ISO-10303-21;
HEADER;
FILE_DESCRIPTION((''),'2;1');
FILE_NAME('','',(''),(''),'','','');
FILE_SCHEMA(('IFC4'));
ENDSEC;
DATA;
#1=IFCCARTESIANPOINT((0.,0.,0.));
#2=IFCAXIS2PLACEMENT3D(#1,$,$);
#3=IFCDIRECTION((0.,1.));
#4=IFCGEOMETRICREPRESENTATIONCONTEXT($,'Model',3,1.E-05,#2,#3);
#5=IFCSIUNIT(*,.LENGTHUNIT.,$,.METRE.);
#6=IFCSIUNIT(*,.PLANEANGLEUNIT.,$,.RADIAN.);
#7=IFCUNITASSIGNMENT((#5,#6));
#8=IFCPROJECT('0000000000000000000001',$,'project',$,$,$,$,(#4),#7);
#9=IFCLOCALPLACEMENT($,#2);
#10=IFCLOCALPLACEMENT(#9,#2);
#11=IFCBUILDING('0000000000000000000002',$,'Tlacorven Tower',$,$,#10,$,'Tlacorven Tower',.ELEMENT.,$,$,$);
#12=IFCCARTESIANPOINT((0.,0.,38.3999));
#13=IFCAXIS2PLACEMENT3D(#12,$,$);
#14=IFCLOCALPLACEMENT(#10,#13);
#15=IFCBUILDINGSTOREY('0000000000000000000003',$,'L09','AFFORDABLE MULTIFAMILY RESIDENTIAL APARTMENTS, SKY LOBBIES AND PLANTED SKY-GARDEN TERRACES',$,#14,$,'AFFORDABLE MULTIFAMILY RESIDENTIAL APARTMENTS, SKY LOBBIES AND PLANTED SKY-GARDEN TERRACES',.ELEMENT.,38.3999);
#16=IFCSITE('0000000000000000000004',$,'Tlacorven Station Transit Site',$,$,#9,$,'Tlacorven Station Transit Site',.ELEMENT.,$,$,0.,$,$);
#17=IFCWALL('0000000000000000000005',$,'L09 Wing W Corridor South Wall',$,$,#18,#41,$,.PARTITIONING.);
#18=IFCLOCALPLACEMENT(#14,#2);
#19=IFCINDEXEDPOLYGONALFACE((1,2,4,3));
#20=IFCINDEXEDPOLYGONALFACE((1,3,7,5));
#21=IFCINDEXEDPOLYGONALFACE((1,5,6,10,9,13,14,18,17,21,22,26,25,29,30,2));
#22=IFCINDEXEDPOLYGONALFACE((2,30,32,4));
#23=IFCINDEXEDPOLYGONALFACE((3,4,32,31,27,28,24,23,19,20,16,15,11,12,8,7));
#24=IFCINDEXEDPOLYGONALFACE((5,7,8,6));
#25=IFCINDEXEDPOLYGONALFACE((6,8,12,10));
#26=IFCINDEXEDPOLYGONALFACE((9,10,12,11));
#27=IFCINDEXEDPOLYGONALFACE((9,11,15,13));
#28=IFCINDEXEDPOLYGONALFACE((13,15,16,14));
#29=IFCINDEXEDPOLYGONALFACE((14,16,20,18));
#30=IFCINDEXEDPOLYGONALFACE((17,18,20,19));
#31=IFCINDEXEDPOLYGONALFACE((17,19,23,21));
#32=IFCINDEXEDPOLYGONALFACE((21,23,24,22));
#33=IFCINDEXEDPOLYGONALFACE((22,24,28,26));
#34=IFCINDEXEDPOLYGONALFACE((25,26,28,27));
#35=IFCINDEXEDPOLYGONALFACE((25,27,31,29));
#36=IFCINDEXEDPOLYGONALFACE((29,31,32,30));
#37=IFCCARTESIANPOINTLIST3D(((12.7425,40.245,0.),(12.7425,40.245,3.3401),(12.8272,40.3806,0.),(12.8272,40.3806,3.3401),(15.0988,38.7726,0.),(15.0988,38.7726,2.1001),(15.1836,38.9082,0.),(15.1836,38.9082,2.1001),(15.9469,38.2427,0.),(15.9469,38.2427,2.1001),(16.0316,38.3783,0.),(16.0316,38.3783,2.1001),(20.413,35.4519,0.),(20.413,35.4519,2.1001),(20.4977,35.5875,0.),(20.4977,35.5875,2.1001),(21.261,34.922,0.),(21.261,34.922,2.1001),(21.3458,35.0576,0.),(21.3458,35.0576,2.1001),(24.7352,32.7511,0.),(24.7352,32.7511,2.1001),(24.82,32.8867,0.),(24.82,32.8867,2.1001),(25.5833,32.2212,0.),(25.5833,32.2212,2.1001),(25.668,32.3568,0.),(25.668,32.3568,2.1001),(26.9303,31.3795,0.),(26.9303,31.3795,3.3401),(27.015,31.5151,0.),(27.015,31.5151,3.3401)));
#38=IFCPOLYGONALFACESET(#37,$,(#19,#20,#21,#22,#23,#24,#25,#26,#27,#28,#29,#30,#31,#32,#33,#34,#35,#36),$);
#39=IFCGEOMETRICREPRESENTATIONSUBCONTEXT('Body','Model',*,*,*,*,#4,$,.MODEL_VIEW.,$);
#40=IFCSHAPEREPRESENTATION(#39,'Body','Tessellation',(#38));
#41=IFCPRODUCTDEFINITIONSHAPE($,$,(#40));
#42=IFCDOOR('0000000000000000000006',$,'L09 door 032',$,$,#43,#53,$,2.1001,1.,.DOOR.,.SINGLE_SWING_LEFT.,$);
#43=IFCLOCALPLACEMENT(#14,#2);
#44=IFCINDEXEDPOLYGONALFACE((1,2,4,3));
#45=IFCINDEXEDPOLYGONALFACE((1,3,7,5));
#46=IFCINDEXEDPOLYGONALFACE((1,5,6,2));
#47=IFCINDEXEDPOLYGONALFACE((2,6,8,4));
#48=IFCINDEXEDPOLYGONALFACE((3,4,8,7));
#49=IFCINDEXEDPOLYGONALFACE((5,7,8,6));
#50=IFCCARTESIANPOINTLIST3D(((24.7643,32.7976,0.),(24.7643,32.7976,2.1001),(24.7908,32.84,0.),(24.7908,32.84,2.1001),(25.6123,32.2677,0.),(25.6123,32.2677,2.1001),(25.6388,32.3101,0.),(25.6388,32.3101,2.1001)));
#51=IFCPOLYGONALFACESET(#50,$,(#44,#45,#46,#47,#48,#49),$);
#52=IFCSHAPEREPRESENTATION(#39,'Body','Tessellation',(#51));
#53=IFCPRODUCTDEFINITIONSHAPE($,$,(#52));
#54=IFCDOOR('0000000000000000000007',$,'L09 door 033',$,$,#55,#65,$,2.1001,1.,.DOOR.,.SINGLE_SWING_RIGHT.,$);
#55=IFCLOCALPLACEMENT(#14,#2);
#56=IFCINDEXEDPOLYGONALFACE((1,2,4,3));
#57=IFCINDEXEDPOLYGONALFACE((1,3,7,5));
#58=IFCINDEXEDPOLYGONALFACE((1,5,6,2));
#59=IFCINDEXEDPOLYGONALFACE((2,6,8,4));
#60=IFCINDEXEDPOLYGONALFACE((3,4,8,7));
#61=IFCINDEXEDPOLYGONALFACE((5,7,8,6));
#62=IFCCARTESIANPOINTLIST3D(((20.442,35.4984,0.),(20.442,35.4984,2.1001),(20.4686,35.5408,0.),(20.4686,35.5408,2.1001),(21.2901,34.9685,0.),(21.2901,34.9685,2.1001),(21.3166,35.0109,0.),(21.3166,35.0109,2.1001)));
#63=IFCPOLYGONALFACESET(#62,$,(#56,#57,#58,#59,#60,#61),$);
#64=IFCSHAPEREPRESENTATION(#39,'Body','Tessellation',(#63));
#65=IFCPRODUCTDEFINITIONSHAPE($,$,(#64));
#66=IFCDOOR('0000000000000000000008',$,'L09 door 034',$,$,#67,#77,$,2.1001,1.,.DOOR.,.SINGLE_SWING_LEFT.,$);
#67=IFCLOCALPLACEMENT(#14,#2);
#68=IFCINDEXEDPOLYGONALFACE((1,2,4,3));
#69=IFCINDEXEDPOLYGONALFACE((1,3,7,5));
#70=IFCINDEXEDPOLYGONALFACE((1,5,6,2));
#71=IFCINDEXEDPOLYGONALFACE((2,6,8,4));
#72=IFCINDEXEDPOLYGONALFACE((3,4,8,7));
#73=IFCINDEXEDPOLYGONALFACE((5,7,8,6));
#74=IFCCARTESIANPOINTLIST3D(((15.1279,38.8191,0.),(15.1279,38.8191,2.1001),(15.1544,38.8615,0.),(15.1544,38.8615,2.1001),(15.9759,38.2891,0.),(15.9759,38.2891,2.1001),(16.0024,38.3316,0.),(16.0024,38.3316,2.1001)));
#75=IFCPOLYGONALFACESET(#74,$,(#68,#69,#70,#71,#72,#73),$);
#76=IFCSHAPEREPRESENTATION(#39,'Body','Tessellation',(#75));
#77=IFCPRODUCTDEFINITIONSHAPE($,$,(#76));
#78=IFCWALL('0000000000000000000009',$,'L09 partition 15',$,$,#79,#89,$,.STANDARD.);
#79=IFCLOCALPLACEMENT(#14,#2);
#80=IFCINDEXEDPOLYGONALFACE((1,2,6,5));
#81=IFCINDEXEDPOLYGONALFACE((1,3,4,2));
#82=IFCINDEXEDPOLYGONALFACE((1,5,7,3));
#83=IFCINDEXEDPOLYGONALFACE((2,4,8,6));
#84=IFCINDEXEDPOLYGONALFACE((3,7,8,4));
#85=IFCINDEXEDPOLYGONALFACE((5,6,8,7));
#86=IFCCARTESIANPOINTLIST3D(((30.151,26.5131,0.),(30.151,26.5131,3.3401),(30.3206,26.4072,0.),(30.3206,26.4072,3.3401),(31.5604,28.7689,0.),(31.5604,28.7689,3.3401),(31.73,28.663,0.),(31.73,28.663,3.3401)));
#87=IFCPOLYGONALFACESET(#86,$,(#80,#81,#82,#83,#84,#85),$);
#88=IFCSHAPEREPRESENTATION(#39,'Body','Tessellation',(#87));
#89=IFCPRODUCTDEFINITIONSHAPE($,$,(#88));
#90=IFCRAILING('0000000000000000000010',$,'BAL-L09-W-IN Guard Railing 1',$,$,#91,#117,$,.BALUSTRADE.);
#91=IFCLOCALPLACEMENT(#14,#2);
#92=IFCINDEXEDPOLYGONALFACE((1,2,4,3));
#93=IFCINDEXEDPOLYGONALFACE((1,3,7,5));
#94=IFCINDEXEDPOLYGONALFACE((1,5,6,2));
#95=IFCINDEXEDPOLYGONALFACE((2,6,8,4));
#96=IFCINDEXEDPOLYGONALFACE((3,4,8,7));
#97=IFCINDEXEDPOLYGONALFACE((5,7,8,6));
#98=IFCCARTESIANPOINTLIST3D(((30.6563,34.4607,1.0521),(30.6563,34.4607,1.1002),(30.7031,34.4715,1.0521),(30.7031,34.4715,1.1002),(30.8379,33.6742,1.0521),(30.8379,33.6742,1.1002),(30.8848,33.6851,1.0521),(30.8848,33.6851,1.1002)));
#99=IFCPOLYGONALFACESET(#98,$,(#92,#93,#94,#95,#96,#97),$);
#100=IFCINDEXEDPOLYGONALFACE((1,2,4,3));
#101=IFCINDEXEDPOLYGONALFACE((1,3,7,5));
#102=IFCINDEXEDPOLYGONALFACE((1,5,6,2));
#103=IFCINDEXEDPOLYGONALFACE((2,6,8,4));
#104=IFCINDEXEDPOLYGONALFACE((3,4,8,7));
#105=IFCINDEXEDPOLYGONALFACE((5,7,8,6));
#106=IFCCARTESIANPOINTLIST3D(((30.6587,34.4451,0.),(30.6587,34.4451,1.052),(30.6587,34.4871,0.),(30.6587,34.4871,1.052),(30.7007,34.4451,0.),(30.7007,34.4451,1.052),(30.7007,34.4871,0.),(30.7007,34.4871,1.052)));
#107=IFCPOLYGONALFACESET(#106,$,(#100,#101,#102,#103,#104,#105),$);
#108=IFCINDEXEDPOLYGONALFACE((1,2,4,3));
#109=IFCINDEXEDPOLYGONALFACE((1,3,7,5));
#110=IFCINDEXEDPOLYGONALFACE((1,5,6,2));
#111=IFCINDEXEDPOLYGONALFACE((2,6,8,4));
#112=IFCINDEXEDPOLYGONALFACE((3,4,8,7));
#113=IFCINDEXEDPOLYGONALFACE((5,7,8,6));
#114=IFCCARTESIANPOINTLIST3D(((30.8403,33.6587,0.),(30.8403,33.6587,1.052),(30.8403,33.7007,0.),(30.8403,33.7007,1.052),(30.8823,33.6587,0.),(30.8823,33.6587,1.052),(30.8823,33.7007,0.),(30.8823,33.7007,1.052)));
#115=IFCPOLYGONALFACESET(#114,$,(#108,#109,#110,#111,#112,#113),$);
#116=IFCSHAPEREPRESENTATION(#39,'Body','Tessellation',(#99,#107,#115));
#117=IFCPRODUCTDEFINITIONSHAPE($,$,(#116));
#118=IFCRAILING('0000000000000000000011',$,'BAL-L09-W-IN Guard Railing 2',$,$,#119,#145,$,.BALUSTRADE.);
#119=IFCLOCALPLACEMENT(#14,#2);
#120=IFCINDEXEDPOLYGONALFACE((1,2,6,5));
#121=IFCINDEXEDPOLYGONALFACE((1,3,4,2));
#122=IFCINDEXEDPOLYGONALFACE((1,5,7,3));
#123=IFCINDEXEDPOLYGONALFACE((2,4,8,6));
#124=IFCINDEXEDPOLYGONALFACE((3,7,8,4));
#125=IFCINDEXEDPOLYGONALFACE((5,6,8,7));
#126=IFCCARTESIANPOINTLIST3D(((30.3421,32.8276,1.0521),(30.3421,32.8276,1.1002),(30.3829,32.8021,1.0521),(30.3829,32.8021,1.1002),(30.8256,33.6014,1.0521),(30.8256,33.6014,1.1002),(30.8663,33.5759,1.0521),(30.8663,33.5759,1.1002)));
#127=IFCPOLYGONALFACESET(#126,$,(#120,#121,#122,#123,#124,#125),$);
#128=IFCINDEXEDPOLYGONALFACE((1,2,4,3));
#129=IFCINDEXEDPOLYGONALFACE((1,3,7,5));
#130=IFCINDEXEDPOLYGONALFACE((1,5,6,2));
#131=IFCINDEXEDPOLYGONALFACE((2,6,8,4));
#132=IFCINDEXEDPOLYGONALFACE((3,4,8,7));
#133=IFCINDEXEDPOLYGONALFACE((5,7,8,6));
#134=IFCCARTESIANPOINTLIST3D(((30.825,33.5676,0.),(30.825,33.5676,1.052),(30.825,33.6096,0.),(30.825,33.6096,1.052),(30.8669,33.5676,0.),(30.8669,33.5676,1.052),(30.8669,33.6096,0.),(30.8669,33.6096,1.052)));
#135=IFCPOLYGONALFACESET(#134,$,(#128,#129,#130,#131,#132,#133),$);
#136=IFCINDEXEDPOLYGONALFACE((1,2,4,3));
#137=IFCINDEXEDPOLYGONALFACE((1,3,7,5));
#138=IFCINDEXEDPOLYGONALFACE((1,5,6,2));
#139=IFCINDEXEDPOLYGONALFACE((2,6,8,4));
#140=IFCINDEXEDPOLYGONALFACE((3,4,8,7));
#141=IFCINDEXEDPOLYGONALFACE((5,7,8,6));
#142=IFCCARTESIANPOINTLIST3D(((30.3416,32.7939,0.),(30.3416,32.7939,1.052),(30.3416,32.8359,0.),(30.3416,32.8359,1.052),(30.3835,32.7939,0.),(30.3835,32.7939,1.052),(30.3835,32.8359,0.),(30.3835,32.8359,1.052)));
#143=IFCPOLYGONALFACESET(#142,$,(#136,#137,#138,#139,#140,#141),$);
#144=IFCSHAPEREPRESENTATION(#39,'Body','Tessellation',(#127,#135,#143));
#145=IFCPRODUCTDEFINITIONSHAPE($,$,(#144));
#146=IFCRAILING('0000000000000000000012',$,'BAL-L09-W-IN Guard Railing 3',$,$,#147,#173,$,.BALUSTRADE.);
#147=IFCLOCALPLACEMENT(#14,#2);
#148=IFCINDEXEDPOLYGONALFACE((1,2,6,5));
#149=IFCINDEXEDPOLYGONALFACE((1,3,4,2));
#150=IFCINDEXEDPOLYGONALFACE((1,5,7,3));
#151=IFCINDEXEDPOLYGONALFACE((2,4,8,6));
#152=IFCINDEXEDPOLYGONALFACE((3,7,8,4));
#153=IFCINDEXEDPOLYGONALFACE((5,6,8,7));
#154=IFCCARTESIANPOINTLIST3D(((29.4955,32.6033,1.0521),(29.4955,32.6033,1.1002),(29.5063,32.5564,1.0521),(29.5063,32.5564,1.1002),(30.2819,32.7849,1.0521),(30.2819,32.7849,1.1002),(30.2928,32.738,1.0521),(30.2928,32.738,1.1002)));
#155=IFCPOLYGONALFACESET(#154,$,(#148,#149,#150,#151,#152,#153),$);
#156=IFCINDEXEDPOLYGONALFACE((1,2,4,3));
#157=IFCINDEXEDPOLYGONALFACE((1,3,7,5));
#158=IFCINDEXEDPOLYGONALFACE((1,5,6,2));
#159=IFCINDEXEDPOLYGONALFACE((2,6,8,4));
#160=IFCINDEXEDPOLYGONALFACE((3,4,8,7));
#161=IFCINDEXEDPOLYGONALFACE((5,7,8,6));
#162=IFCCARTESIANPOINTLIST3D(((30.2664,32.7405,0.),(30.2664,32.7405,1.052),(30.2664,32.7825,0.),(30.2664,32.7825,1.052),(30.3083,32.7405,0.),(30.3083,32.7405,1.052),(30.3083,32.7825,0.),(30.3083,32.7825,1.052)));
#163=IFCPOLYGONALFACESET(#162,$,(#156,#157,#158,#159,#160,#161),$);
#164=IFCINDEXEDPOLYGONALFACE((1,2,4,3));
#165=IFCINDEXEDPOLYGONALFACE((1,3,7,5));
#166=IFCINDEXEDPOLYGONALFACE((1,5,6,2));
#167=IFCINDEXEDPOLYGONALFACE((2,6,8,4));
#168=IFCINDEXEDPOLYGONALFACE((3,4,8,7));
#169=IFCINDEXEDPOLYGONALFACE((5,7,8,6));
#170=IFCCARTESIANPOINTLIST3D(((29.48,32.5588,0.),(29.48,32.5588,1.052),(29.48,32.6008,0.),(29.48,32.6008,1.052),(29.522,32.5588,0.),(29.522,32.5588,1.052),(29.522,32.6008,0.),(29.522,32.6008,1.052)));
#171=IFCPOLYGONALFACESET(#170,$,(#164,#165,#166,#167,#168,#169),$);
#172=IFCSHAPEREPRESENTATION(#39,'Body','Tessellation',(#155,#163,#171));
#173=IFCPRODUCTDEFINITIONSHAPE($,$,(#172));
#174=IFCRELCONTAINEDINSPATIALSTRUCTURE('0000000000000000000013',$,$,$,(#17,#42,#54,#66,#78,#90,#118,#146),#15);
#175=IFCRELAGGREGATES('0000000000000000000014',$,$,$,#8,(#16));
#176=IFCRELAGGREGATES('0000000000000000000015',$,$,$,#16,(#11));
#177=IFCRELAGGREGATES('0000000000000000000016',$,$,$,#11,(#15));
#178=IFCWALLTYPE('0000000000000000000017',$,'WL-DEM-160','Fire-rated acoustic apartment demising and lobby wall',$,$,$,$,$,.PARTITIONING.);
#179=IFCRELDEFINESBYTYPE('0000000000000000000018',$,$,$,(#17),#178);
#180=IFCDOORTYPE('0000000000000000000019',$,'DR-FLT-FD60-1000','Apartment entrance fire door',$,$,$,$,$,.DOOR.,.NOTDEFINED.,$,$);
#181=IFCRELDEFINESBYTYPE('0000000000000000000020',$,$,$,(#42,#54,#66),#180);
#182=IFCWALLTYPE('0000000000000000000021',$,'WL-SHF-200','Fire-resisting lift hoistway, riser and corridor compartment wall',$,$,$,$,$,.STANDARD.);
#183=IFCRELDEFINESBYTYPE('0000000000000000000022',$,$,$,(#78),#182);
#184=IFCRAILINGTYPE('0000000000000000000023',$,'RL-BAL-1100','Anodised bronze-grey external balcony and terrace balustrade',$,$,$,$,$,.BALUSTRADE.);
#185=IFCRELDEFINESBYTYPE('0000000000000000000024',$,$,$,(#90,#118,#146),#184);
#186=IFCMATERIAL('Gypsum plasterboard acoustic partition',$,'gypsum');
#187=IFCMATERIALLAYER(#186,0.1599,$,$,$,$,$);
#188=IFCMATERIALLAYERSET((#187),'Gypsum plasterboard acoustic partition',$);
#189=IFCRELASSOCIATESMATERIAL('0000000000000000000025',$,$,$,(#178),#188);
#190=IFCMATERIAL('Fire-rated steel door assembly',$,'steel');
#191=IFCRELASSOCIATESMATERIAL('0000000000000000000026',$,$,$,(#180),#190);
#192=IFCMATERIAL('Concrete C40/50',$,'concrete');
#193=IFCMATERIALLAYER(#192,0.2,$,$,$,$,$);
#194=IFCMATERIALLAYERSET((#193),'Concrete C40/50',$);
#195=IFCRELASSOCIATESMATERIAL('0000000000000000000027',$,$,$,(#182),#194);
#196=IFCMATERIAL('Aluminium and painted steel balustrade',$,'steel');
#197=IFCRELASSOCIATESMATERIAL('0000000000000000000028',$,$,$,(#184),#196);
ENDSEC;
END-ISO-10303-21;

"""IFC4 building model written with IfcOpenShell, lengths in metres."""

from ifc_helpers import new_model, si_unit, direction, frame, frame_2d, origin, origin_2d, place, context, subcontext, project, spatial, rectangle, extrude, source, transform, mapped, material, layer, layer_set, type_object, element, fill, save


model = new_model("IFC4")

# Units and contexts
model_context = context("Model", 3, precision=1e-05, world=origin(), true_north=direction((0.0, 1.0)))
body_context = subcontext(model_context, "Body", "Model", "MODEL_VIEW")
ifc_project = project(units=[si_unit("LENGTHUNIT", "METRE"), si_unit("PLANEANGLEUNIT", "RADIAN")], contexts=[model_context])

# Site, building, storey
site_placement = place(None, origin())
site = spatial("IfcSite", under=ifc_project, at=site_placement, Name="Tlacorven Station Transit Site", LongName="Tlacorven Station Transit Site", CompositionType="ELEMENT", RefElevation=0.0)
building_placement = place(site_placement, origin())
building = spatial("IfcBuilding", under=site, at=building_placement, Name="Tlacorven Tower", LongName="Tlacorven Tower", CompositionType="ELEMENT")
storey_placement = place(building_placement, frame((0.0, 0.0, 38.3999)))
storey = spatial("IfcBuildingStorey", under=building, at=storey_placement, Name="L09", Description="AFFORDABLE MULTIFAMILY RESIDENTIAL APARTMENTS, SKY LOBBIES AND PLANTED SKY-GARDEN TERRACES", LongName="AFFORDABLE MULTIFAMILY RESIDENTIAL APARTMENTS, SKY LOBBIES AND PLANTED SKY-GARDEN TERRACES", CompositionType="ELEMENT", Elevation=38.3999)

# Shared definitions
ifc_material_1 = material(Name="Gypsum plasterboard acoustic partition", Category="gypsum")
ifc_layer_1 = layer(ifc_material_1, 0.1599)
ifc_layer_set_1 = layer_set([ifc_layer_1], Name="Gypsum plasterboard acoustic partition")
wall_type_1 = type_object("IfcWallType", Name="WL-DEM-160", Description="Fire-rated acoustic apartment demising and lobby wall", PredefinedType="PARTITIONING", material=ifc_layer_set_1)

# Wall, openings, doors
wall_1_placement = place(storey_placement, frame((26.9727, 31.4473, 0.0), z_axis=(0.0, 0.0, 1.0), x_axis=(-0.848048, 0.529919, 0.0)))
wall_1 = element("IfcWall", 1, at=wall_1_placement, inside=storey, type_object=wall_type_1, Name="L09 Wing W Corridor South Wall", PredefinedType="PARTITIONING", context=body_context, shape_type="SweptSolid", body=[
    extrude(rectangle(XDim=16.73, YDim=0.1599, at=frame_2d((8.365, 0.0))), origin(), (0.0, 0.0, 1.0), 3.3401),
])
opening_1_placement = place(wall_1_placement, frame((1.5884, 0.0, 0.0)))
opening_1 = element("IfcOpeningElement", 2, at=opening_1_placement, cuts=wall_1, PredefinedType="OPENING", context=body_context, shape_type="SweptSolid", body=[
    extrude(rectangle(XDim=1.0, YDim=2.1001, at=frame_2d((0.5, 1.05))), frame((0.0, 0.0898, 0.0), z_axis=(0.0, -1.0, 0.0), x_axis=(1.0, 0.0, 0.0)), (0.0, 0.0, 1.0), 0.1799),
])
opening_2_placement = place(wall_1_placement, frame((6.6851, 0.0, 0.0)))
opening_2 = element("IfcOpeningElement", 3, at=opening_2_placement, cuts=wall_1, PredefinedType="OPENING", context=body_context, shape_type="SweptSolid", body=[
    extrude(rectangle(XDim=1.0, YDim=2.1001, at=frame_2d((0.5, 1.05))), frame((0.0, 0.0898, 0.0), z_axis=(0.0, -1.0, 0.0), x_axis=(1.0, 0.0, 0.0)), (0.0, 0.0, 1.0), 0.1799),
])
opening_3_placement = place(wall_1_placement, frame((12.9514, 0.0, 0.0)))
opening_3 = element("IfcOpeningElement", 4, at=opening_3_placement, cuts=wall_1, PredefinedType="OPENING", context=body_context, shape_type="SweptSolid", body=[
    extrude(rectangle(XDim=1.0, YDim=2.1001, at=frame_2d((0.5, 1.05))), frame((0.0, 0.0898, 0.0), z_axis=(0.0, -1.0, 0.0), x_axis=(1.0, 0.0, 0.0)), (0.0, 0.0, 1.0), 0.1799),
])
ifc_material_2 = material(Name="Fire-rated steel door assembly", Category="steel")
door_type = type_object("IfcDoorType", Name="DR-FLT-FD60-1000", Description="Apartment entrance fire door", OperationType="NOTDEFINED", PredefinedType="DOOR", material=ifc_material_2)
shared_shape_1 = source(origin(), body_context, "Body", "SweptSolid", [
    extrude(rectangle(XDim=1.0, YDim=2.1001, at=frame_2d((0.5, 1.05))), frame((0.0, 0.0249, 0.0), z_axis=(0.0, -1.0, 0.0), x_axis=(1.0, 0.0, 0.0)), (0.0, 0.0, 1.0), 0.05),
])
door_1_placement = place(opening_1_placement, frame((1.0, 0.0, 0.0), z_axis=(0.0, 0.0, 1.0), x_axis=(-1.0, 0.0, 0.0)))
door_1 = element("IfcDoor", 5, at=door_1_placement, inside=storey, type_object=door_type, Name="L09 door 032", OperationType="SINGLE_SWING_LEFT", OverallHeight=2.1001, OverallWidth=1.0, PredefinedType="DOOR", context=body_context, shape_type="MappedRepresentation", body=[
    mapped(shared_shape_1, transform((0.0, 0.0, 0.0), scale=1.0)),
])
fill(opening_1, door_1)
door_2_placement = place(opening_2_placement, frame((1.0, 0.0, 0.0), z_axis=(0.0, 0.0, 1.0), x_axis=(-1.0, 0.0, 0.0)))
door_2 = element("IfcDoor", 6, at=door_2_placement, inside=storey, type_object=door_type, Name="L09 door 033", OperationType="SINGLE_SWING_RIGHT", OverallHeight=2.1001, OverallWidth=1.0, PredefinedType="DOOR", context=body_context, shape_type="MappedRepresentation", body=[
    mapped(shared_shape_1, transform((0.0, 0.0, 0.0), scale=1.0)),
])
fill(opening_2, door_2)
door_3_placement = place(opening_3_placement, frame((1.0, 0.0, 0.0), z_axis=(0.0, 0.0, 1.0), x_axis=(-1.0, 0.0, 0.0)))
door_3 = element("IfcDoor", 7, at=door_3_placement, inside=storey, type_object=door_type, Name="L09 door 034", OperationType="SINGLE_SWING_LEFT", OverallHeight=2.1001, OverallWidth=1.0, PredefinedType="DOOR", context=body_context, shape_type="MappedRepresentation", body=[
    mapped(shared_shape_1, transform((0.0, 0.0, 0.0), scale=1.0)),
])
fill(opening_3, door_3)

# Wall
ifc_material_3 = material(Name="Concrete C40/50", Category="concrete")
ifc_layer_2 = layer(ifc_material_3, 0.2)
ifc_layer_set_2 = layer_set([ifc_layer_2], Name="Concrete C40/50")
wall_type_2 = type_object("IfcWallType", Name="WL-SHF-200", Description="Fire-resisting lift hoistway, riser and corridor compartment wall", PredefinedType="STANDARD", material=ifc_layer_set_2)
wall_2_placement = place(storey_placement, frame((31.6453, 28.7161, 0.0), z_axis=(0.0, 0.0, 1.0), x_axis=(-0.529867, -0.848081, 0.0)))
element("IfcWall", 8, at=wall_2_placement, inside=storey, type_object=wall_type_2, Name="L09 partition 15", PredefinedType="STANDARD", context=body_context, shape_type="SweptSolid", body=[
    extrude(rectangle(XDim=2.6599, YDim=0.2, at=frame_2d((1.3301, 0.0))), origin(), (0.0, 0.0, 1.0), 3.3401),
])

# Railings
ifc_material_4 = material(Name="Aluminium and painted steel balustrade", Category="steel")
railing_type = type_object("IfcRailingType", Name="RL-BAL-1100", Description="Anodised bronze-grey external balcony and terrace balustrade", PredefinedType="BALUSTRADE", material=ifc_material_4)
shared_shape_2 = source(origin(), body_context, "Body", "SweptSolid", [
    extrude(rectangle(XDim=0.0481, YDim=0.0481, at=origin_2d()), frame((0.0, 0.0, 1.0762), z_axis=(0.225058, -0.974345, 0.0), x_axis=(0.974345, 0.225058, 0.0)), (0.0, 0.0, 1.0), 0.8071),
    extrude(rectangle(XDim=0.042, YDim=0.042, at=origin_2d()), origin(), (0.0, 0.0, 1.0), 1.052),
    extrude(rectangle(XDim=0.042, YDim=0.042, at=origin_2d()), frame((0.1816, -0.7864, 0.0)), (0.0, 0.0, 1.0), 1.052),
])
railing_1_placement = place(storey_placement, frame((30.6797, 34.4661, 0.0)))
element("IfcRailing", 9, at=railing_1_placement, inside=storey, type_object=railing_type, Name="BAL-L09-W-IN Guard Railing 1", PredefinedType="BALUSTRADE", context=body_context, shape_type="MappedRepresentation", body=[
    mapped(shared_shape_2, transform((0.0, 0.0, 0.0), scale=1.0)),
])
shared_shape_3 = source(origin(), body_context, "Body", "SweptSolid", [
    extrude(rectangle(XDim=0.0481, YDim=0.0481, at=origin_2d()), frame((0.0, 0.0, 1.0762), z_axis=(-0.529879, -0.848073, 0.0), x_axis=(0.848073, -0.529879, 0.0)), (0.0, 0.0, 1.0), 0.9124),
    extrude(rectangle(XDim=0.042, YDim=0.042, at=origin_2d()), origin(), (0.0, 0.0, 1.0), 1.052),
    extrude(rectangle(XDim=0.042, YDim=0.042, at=origin_2d()), frame((-0.4834, -0.7737, 0.0)), (0.0, 0.0, 1.0), 1.052),
])
railing_2_placement = place(storey_placement, frame((30.8459, 33.5886, 0.0)))
element("IfcRailing", 10, at=railing_2_placement, inside=storey, type_object=railing_type, Name="BAL-L09-W-IN Guard Railing 2", PredefinedType="BALUSTRADE", context=body_context, shape_type="MappedRepresentation", body=[
    mapped(shared_shape_3, transform((0.0, 0.0, 0.0), scale=1.0)),
])
shared_shape_4 = source(origin(), body_context, "Body", "SweptSolid", [
    extrude(rectangle(XDim=0.0481, YDim=0.0481, at=origin_2d()), frame((0.0, 0.0, 1.0762), z_axis=(-0.974345, -0.225058, 0.0), x_axis=(0.225058, -0.974345, 0.0)), (0.0, 0.0, 1.0), 0.8071),
    extrude(rectangle(XDim=0.042, YDim=0.042, at=origin_2d()), origin(), (0.0, 0.0, 1.0), 1.052),
    extrude(rectangle(XDim=0.042, YDim=0.042, at=origin_2d()), frame((-0.7864, -0.1816, 0.0)), (0.0, 0.0, 1.0), 1.052),
])
railing_3_placement = place(storey_placement, frame((30.2874, 32.7615, 0.0)))
element("IfcRailing", 11, at=railing_3_placement, inside=storey, type_object=railing_type, Name="BAL-L09-W-IN Guard Railing 3", PredefinedType="BALUSTRADE", context=body_context, shape_type="MappedRepresentation", body=[
    mapped(shared_shape_4, transform((0.0, 0.0, 0.0), scale=1.0)),
])

save(model, "model.ifc")
